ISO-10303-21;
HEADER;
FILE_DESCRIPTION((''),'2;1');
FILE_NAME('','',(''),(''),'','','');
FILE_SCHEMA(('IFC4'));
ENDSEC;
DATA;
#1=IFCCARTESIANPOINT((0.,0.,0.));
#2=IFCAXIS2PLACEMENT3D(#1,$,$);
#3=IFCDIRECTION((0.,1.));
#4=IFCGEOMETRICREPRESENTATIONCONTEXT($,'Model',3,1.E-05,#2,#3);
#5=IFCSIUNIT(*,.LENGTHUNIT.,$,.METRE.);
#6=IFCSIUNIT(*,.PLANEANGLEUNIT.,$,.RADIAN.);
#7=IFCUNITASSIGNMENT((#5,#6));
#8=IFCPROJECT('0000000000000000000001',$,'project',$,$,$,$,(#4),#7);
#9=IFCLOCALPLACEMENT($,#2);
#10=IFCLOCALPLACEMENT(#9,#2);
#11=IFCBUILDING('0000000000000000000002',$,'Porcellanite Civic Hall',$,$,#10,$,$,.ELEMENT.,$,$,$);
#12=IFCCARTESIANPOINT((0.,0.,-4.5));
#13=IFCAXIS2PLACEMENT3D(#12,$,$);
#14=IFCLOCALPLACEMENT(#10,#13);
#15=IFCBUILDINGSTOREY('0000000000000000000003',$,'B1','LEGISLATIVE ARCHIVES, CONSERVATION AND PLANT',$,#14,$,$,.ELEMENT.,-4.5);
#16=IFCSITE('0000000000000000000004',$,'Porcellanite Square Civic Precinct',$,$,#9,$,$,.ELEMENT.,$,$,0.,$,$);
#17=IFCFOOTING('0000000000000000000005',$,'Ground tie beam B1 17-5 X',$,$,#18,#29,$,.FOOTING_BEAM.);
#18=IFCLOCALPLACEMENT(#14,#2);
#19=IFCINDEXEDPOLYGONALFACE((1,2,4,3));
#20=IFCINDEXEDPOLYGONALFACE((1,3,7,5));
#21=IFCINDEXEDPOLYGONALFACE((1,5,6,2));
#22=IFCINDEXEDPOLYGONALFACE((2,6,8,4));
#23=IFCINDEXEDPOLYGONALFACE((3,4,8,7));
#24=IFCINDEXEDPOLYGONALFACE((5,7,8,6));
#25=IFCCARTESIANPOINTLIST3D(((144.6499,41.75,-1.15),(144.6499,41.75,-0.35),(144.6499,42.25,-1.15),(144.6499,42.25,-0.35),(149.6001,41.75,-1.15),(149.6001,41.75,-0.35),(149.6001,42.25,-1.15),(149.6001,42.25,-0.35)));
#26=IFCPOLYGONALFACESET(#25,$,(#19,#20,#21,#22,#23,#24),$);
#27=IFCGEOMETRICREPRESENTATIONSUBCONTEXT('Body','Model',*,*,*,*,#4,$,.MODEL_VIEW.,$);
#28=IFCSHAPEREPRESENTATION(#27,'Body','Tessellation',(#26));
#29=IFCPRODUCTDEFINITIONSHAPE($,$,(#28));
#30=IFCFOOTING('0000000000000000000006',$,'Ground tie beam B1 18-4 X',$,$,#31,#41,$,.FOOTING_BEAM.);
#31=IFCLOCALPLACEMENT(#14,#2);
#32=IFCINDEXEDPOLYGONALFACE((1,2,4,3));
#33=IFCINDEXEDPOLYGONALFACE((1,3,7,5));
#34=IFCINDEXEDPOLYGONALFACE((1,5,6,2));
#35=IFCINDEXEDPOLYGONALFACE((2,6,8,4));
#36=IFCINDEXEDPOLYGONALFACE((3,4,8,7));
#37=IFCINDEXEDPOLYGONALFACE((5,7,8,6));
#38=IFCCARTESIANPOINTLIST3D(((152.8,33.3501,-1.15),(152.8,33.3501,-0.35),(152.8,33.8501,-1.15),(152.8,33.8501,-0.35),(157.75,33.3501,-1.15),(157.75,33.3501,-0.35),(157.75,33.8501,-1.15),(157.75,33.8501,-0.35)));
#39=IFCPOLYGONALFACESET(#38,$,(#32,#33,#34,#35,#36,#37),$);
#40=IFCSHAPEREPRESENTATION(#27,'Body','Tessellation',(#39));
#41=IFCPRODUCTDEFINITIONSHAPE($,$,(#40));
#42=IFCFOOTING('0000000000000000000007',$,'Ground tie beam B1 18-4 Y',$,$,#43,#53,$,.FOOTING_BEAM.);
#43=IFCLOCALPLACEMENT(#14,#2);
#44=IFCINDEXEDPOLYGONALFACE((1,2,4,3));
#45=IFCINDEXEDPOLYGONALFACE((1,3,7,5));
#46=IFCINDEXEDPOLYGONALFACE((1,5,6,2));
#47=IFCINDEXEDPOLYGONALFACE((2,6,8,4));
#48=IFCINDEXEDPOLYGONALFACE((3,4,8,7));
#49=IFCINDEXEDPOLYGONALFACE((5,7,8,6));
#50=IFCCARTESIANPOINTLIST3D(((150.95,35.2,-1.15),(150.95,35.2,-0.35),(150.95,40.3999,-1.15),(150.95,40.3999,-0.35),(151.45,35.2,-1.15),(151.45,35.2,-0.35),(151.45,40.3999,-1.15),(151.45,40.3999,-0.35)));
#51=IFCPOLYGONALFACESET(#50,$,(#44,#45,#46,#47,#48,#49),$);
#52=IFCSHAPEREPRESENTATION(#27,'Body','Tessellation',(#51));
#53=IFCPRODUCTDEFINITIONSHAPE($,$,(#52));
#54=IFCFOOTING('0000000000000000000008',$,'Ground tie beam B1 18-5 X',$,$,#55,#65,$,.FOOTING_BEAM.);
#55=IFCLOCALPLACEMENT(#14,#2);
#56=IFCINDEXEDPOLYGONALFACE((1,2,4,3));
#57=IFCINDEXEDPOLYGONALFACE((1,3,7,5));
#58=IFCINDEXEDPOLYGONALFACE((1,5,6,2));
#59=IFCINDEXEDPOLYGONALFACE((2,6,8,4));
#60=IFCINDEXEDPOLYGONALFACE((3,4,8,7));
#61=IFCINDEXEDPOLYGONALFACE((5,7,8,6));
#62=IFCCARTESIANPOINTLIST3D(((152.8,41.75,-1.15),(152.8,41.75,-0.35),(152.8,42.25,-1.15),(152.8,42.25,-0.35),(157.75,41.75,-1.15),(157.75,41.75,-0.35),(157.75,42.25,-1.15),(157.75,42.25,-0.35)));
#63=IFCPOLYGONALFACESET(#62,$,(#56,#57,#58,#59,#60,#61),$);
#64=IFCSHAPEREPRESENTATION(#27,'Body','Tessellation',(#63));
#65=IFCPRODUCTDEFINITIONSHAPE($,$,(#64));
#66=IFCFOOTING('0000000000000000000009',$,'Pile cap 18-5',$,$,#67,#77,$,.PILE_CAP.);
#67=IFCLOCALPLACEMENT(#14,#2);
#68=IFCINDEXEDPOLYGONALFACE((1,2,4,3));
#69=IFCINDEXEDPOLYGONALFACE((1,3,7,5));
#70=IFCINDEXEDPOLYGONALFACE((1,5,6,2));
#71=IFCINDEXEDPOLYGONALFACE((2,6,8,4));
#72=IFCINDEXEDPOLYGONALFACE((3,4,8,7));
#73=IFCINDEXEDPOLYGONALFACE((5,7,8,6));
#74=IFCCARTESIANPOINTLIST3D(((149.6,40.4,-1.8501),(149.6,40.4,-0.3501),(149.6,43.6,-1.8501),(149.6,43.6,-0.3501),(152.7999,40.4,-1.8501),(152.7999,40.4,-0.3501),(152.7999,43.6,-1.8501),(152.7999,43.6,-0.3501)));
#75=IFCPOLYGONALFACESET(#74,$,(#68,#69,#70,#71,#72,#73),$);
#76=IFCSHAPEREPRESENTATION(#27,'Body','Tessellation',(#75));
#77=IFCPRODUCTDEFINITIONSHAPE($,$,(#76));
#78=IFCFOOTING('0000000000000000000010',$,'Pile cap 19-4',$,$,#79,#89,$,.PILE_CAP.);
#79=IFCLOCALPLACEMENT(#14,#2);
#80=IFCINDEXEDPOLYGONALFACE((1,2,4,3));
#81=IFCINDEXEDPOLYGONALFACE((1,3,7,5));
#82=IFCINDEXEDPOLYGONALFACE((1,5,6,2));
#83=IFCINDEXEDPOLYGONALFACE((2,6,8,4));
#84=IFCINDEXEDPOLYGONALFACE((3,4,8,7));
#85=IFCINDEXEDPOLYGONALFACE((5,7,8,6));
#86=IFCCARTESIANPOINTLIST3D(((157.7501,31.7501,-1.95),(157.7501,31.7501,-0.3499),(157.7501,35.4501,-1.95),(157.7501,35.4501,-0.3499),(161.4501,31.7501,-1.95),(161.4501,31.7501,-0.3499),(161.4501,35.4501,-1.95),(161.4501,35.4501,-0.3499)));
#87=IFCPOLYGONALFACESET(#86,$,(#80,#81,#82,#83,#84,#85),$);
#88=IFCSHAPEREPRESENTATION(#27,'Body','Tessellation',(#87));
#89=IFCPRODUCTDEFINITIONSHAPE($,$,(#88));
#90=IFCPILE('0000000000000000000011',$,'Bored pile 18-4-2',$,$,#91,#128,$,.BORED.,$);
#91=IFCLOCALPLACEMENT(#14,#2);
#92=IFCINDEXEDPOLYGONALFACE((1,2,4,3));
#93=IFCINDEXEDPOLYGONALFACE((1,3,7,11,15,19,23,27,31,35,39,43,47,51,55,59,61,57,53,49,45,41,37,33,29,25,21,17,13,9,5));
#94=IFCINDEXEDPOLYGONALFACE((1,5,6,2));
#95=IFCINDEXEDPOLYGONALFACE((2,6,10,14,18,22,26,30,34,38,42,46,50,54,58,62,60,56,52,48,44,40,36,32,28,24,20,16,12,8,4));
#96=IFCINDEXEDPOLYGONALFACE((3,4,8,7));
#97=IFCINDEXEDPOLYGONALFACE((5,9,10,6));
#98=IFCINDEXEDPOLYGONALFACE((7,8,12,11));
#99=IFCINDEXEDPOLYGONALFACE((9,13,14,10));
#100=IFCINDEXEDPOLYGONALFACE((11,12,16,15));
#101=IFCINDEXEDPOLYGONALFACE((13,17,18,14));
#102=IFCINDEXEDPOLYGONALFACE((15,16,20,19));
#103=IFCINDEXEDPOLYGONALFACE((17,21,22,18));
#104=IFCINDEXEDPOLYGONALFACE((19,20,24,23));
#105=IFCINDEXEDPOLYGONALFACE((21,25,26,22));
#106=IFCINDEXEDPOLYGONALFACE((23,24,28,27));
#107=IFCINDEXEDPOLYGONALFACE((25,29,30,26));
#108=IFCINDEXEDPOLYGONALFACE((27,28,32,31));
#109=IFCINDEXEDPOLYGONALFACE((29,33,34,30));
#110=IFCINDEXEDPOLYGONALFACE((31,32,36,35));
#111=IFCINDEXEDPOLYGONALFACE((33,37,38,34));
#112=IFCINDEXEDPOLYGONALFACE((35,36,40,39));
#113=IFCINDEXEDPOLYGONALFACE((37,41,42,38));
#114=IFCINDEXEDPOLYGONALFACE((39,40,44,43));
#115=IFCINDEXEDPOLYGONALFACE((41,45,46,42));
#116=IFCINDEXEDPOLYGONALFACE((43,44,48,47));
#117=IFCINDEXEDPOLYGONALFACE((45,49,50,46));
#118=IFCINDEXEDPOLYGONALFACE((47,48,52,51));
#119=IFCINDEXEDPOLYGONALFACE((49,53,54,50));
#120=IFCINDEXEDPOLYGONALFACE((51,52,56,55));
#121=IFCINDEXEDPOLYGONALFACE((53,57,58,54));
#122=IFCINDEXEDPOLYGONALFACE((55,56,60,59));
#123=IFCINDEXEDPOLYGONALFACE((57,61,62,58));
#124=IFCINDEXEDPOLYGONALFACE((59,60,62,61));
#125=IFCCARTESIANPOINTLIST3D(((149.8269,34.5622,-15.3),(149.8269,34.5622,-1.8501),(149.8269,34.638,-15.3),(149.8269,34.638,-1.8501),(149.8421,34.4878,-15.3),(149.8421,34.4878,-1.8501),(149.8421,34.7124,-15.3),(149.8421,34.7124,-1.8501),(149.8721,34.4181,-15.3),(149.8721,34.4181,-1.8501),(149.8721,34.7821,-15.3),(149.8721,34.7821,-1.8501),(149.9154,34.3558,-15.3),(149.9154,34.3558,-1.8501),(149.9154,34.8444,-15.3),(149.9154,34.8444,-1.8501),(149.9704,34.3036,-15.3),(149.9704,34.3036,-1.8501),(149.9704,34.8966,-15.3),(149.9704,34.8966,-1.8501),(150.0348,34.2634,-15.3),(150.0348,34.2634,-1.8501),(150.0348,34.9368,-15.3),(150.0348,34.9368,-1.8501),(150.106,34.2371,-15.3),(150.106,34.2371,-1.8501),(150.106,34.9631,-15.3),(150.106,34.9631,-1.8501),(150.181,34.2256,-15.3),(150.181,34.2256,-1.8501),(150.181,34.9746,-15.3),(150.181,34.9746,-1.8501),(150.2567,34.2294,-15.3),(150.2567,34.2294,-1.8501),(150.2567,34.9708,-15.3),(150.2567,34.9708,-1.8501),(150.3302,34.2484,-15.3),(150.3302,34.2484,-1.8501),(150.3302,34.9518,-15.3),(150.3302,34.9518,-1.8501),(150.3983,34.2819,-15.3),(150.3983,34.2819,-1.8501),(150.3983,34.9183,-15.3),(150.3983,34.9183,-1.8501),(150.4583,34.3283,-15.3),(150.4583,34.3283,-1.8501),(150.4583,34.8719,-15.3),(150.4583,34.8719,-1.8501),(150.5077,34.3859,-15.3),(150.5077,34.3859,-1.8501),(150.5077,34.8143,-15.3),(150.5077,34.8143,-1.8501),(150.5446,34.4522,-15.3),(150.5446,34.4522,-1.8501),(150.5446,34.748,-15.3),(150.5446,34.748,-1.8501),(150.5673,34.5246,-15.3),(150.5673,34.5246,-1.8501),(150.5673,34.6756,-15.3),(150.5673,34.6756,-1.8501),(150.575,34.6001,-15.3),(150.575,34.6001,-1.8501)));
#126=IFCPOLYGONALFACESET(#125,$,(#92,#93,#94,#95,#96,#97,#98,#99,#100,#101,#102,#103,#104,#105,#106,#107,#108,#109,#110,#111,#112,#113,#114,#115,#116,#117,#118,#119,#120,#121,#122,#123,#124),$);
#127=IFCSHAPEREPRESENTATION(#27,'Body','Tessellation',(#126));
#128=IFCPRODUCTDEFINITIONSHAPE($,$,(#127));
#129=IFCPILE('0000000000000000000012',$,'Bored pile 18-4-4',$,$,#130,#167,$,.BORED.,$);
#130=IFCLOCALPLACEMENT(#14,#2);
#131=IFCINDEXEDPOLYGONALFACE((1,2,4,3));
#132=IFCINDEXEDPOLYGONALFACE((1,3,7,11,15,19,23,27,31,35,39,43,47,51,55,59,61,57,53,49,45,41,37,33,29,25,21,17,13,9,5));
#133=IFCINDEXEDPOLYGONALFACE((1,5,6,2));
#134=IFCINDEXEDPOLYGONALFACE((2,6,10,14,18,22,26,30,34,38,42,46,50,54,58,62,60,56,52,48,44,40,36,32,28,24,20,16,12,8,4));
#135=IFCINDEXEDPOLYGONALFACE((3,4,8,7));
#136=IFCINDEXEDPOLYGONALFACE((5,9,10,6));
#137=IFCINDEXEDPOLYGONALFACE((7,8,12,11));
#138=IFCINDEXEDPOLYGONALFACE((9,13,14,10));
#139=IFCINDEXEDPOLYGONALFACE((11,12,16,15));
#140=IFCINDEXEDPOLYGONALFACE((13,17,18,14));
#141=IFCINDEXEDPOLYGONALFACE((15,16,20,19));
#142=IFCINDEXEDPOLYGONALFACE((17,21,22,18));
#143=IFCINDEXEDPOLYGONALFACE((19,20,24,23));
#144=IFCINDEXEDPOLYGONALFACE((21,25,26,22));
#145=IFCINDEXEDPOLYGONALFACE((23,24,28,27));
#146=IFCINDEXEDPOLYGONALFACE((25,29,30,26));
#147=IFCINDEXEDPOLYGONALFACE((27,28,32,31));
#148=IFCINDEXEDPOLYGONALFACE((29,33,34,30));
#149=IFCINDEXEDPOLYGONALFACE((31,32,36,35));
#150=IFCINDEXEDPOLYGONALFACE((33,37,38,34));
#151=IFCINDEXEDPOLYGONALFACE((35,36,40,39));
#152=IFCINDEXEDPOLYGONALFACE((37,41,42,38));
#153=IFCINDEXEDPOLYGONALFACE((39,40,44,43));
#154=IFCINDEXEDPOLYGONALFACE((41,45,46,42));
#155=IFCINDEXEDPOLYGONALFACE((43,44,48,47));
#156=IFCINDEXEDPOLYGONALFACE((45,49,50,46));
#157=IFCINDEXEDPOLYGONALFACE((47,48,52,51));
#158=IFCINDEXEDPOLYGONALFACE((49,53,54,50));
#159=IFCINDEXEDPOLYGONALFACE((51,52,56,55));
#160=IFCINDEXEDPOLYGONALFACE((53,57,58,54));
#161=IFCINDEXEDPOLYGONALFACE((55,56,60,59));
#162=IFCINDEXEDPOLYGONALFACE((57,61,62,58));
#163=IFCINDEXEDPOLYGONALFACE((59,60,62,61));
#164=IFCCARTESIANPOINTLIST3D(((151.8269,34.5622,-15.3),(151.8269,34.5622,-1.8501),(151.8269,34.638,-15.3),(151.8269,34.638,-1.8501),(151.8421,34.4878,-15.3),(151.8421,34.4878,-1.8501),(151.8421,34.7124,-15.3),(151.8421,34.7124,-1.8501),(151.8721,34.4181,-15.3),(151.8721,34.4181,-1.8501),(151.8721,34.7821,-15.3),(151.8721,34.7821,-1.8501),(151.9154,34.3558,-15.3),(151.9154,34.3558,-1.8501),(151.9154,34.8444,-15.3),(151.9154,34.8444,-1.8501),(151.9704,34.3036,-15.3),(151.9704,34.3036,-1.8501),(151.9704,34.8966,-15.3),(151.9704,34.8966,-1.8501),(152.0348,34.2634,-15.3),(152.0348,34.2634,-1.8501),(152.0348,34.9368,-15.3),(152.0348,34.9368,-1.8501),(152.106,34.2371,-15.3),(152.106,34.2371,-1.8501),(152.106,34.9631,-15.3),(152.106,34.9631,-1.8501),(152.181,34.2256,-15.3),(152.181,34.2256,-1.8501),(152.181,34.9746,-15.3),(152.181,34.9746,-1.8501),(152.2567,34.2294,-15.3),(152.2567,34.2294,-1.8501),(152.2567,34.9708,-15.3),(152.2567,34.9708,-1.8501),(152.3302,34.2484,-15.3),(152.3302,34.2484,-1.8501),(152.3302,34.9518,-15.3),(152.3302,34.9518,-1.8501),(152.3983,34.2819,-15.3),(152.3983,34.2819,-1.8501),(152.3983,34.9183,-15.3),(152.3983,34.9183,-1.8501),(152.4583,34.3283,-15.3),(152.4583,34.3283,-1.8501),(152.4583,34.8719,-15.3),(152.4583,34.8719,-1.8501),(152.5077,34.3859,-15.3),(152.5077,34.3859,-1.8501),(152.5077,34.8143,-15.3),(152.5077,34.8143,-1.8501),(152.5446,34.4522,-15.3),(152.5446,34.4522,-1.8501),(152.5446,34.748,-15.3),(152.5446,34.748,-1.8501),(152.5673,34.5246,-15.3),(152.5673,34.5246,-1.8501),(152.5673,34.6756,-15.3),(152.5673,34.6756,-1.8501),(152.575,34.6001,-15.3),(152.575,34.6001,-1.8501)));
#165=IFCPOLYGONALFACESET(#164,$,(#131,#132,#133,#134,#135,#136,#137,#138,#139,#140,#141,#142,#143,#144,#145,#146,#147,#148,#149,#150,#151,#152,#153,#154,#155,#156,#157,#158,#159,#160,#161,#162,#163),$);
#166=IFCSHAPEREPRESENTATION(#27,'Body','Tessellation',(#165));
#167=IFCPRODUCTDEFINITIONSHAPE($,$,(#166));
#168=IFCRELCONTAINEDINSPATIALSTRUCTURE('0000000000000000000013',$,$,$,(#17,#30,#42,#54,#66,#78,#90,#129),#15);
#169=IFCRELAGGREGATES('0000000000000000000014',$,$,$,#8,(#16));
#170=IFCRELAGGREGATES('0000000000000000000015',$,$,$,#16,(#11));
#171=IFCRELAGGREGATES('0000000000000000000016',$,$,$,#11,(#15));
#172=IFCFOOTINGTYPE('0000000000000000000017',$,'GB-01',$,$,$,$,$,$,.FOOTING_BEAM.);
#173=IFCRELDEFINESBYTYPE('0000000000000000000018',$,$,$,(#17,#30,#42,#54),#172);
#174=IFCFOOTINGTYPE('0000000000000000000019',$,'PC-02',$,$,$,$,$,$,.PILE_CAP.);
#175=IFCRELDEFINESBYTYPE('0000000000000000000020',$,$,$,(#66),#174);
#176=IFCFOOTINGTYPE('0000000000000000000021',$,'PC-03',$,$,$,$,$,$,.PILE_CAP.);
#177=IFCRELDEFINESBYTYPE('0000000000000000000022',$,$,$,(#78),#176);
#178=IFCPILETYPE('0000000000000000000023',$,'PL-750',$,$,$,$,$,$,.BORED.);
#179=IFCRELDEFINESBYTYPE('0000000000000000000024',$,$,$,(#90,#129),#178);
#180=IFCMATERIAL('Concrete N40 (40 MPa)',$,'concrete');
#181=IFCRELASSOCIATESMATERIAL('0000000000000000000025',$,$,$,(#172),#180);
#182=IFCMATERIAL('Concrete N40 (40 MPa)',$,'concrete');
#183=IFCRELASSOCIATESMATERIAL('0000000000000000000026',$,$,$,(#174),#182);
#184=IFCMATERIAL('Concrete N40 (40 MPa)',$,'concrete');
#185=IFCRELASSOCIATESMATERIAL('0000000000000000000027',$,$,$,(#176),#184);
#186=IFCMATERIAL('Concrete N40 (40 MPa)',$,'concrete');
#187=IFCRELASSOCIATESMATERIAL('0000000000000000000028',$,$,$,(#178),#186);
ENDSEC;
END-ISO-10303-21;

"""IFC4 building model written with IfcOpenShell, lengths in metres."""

from ifc_helpers import new_model, si_unit, direction, frame, origin, origin_2d, place, context, subcontext, project, spatial, rectangle, circle, extrude, material, material_profile, profile_set, type_object, element, save


model = new_model("IFC4")

# Units and contexts
model_context = context("Model", 3, precision=1e-05, world=origin(), true_north=direction((0.0, 1.0)))
body_context = subcontext(model_context, "Body", "Model", "MODEL_VIEW")
ifc_project = project(units=[si_unit("LENGTHUNIT", "METRE"), si_unit("PLANEANGLEUNIT", "RADIAN")], contexts=[model_context])

# Site, building, storey
site_placement = place(None, origin())
site = spatial("IfcSite", under=ifc_project, at=site_placement, Name="Porcellanite Square Civic Precinct", CompositionType="ELEMENT", RefElevation=0.0)
building_placement = place(site_placement, origin())
building = spatial("IfcBuilding", under=site, at=building_placement, Name="Porcellanite Civic Hall", CompositionType="ELEMENT")
storey_placement = place(building_placement, frame((0.0, 0.0, -4.5)))
storey = spatial("IfcBuildingStorey", under=building, at=storey_placement, Name="B1", Description="LEGISLATIVE ARCHIVES, CONSERVATION AND PLANT", CompositionType="ELEMENT", Elevation=-4.5)

# Footings
ifc_material_1 = material(Name="Concrete N40 (40 MPa)", Category="concrete")
ifc_material_profile_1 = material_profile(ifc_material_1, rectangle(XDim=0.5, YDim=0.8, at=origin_2d()), Name="RC-500x800")
ifc_profile_set_1 = profile_set([ifc_material_profile_1], Name="Concrete N40 (40 MPa)")
footing_type_1 = type_object("IfcFootingType", Name="GB-01", PredefinedType="FOOTING_BEAM", material=ifc_profile_set_1)
footing_1_placement = place(storey_placement, frame((144.6499, 42.0, -0.75), z_axis=(1.0, 0.0, 0.0), x_axis=(0.0, 1.0, 0.0)))
element("IfcFooting", 1, at=footing_1_placement, inside=storey, type_object=footing_type_1, Name="Ground tie beam B1 17-5 X", PredefinedType="FOOTING_BEAM", context=body_context, shape_type="SweptSolid", body=[
    extrude(rectangle(XDim=0.5, YDim=0.8, at=origin_2d()), origin(), (0.0, 0.0, 1.0), 4.9502),
])
footing_2_placement = place(storey_placement, frame((152.8, 33.6001, -0.75), z_axis=(1.0, 0.0, 0.0), x_axis=(0.0, 1.0, 0.0)))
element("IfcFooting", 2, at=footing_2_placement, inside=storey, type_object=footing_type_1, Name="Ground tie beam B1 18-4 X", PredefinedType="FOOTING_BEAM", context=body_context, shape_type="SweptSolid", body=[
    extrude(rectangle(XDim=0.5, YDim=0.8, at=origin_2d()), origin(), (0.0, 0.0, 1.0), 4.95),
])
footing_3_placement = place(storey_placement, frame((151.2, 35.2, -0.75), z_axis=(0.0, 1.0, 0.0), x_axis=(-1.0, 0.0, 0.0)))
element("IfcFooting", 3, at=footing_3_placement, inside=storey, type_object=footing_type_1, Name="Ground tie beam B1 18-4 Y", PredefinedType="FOOTING_BEAM", context=body_context, shape_type="SweptSolid", body=[
    extrude(rectangle(XDim=0.5, YDim=0.8, at=origin_2d()), origin(), (0.0, 0.0, 1.0), 5.2),
])
footing_4_placement = place(storey_placement, frame((152.8, 42.0, -0.75), z_axis=(1.0, 0.0, 0.0), x_axis=(0.0, 1.0, 0.0)))
element("IfcFooting", 4, at=footing_4_placement, inside=storey, type_object=footing_type_1, Name="Ground tie beam B1 18-5 X", PredefinedType="FOOTING_BEAM", context=body_context, shape_type="SweptSolid", body=[
    extrude(rectangle(XDim=0.5, YDim=0.8, at=origin_2d()), origin(), (0.0, 0.0, 1.0), 4.95),
])
ifc_material_2 = material(Name="Concrete N40 (40 MPa)", Category="concrete")
footing_type_2 = type_object("IfcFootingType", Name="PC-02", PredefinedType="PILE_CAP", material=ifc_material_2)
footing_5_placement = place(storey_placement, frame((151.2, 42.0, -1.8501), z_axis=(0.0, 0.0, 1.0), x_axis=(1.0, 0.0, 0.0)))
element("IfcFooting", 5, at=footing_5_placement, inside=storey, type_object=footing_type_2, Name="Pile cap 18-5", PredefinedType="PILE_CAP", context=body_context, shape_type="SweptSolid", body=[
    extrude(rectangle(XDim=3.2, YDim=3.2, at=origin_2d()), origin(), (0.0, 0.0, 1.0), 1.5),
])
ifc_material_3 = material(Name="Concrete N40 (40 MPa)", Category="concrete")
footing_type_3 = type_object("IfcFootingType", Name="PC-03", PredefinedType="PILE_CAP", material=ifc_material_3)
footing_6_placement = place(storey_placement, frame((159.6001, 33.6001, -1.95), z_axis=(0.0, 0.0, 1.0), x_axis=(1.0, 0.0, 0.0)))
element("IfcFooting", 6, at=footing_6_placement, inside=storey, type_object=footing_type_3, Name="Pile cap 19-4", PredefinedType="PILE_CAP", context=body_context, shape_type="SweptSolid", body=[
    extrude(rectangle(XDim=3.7, YDim=3.7, at=origin_2d()), origin(), (0.0, 0.0, 1.0), 1.6001),
])

# Piles
ifc_material_4 = material(Name="Concrete N40 (40 MPa)", Category="concrete")
ifc_material_profile_2 = material_profile(ifc_material_4, circle(Radius=0.375, at=origin_2d()), Name="PILE-D750")
ifc_profile_set_2 = profile_set([ifc_material_profile_2], Name="Concrete N40 (40 MPa)")
pile_type_1 = type_object("IfcPileType", Name="PL-750", PredefinedType="BORED", material=ifc_profile_set_2)
for number, where, z_axis, x_axis, name in (
    (7, (150.2, 34.6001, -1.8501), (0.0, 0.0, -1.0), (1.0, 0.0, 0.0), "Bored pile 18-4-2"),
    (8, (152.2, 34.6001, -1.8501), (0.0, 0.0, -1.0), (1.0, 0.0, 0.0), "Bored pile 18-4-4"),
):
    element("IfcPile", number, at=place(storey_placement, frame(where, z_axis=z_axis, x_axis=x_axis)), inside=storey, type_object=pile_type_1, Name=name, PredefinedType="BORED", context=body_context, shape_type="SweptSolid", body=[
        extrude(circle(Radius=0.375, at=origin_2d()), origin(), (0.0, 0.0, 1.0), 13.45),
    ])

save(model, "model.ifc")
